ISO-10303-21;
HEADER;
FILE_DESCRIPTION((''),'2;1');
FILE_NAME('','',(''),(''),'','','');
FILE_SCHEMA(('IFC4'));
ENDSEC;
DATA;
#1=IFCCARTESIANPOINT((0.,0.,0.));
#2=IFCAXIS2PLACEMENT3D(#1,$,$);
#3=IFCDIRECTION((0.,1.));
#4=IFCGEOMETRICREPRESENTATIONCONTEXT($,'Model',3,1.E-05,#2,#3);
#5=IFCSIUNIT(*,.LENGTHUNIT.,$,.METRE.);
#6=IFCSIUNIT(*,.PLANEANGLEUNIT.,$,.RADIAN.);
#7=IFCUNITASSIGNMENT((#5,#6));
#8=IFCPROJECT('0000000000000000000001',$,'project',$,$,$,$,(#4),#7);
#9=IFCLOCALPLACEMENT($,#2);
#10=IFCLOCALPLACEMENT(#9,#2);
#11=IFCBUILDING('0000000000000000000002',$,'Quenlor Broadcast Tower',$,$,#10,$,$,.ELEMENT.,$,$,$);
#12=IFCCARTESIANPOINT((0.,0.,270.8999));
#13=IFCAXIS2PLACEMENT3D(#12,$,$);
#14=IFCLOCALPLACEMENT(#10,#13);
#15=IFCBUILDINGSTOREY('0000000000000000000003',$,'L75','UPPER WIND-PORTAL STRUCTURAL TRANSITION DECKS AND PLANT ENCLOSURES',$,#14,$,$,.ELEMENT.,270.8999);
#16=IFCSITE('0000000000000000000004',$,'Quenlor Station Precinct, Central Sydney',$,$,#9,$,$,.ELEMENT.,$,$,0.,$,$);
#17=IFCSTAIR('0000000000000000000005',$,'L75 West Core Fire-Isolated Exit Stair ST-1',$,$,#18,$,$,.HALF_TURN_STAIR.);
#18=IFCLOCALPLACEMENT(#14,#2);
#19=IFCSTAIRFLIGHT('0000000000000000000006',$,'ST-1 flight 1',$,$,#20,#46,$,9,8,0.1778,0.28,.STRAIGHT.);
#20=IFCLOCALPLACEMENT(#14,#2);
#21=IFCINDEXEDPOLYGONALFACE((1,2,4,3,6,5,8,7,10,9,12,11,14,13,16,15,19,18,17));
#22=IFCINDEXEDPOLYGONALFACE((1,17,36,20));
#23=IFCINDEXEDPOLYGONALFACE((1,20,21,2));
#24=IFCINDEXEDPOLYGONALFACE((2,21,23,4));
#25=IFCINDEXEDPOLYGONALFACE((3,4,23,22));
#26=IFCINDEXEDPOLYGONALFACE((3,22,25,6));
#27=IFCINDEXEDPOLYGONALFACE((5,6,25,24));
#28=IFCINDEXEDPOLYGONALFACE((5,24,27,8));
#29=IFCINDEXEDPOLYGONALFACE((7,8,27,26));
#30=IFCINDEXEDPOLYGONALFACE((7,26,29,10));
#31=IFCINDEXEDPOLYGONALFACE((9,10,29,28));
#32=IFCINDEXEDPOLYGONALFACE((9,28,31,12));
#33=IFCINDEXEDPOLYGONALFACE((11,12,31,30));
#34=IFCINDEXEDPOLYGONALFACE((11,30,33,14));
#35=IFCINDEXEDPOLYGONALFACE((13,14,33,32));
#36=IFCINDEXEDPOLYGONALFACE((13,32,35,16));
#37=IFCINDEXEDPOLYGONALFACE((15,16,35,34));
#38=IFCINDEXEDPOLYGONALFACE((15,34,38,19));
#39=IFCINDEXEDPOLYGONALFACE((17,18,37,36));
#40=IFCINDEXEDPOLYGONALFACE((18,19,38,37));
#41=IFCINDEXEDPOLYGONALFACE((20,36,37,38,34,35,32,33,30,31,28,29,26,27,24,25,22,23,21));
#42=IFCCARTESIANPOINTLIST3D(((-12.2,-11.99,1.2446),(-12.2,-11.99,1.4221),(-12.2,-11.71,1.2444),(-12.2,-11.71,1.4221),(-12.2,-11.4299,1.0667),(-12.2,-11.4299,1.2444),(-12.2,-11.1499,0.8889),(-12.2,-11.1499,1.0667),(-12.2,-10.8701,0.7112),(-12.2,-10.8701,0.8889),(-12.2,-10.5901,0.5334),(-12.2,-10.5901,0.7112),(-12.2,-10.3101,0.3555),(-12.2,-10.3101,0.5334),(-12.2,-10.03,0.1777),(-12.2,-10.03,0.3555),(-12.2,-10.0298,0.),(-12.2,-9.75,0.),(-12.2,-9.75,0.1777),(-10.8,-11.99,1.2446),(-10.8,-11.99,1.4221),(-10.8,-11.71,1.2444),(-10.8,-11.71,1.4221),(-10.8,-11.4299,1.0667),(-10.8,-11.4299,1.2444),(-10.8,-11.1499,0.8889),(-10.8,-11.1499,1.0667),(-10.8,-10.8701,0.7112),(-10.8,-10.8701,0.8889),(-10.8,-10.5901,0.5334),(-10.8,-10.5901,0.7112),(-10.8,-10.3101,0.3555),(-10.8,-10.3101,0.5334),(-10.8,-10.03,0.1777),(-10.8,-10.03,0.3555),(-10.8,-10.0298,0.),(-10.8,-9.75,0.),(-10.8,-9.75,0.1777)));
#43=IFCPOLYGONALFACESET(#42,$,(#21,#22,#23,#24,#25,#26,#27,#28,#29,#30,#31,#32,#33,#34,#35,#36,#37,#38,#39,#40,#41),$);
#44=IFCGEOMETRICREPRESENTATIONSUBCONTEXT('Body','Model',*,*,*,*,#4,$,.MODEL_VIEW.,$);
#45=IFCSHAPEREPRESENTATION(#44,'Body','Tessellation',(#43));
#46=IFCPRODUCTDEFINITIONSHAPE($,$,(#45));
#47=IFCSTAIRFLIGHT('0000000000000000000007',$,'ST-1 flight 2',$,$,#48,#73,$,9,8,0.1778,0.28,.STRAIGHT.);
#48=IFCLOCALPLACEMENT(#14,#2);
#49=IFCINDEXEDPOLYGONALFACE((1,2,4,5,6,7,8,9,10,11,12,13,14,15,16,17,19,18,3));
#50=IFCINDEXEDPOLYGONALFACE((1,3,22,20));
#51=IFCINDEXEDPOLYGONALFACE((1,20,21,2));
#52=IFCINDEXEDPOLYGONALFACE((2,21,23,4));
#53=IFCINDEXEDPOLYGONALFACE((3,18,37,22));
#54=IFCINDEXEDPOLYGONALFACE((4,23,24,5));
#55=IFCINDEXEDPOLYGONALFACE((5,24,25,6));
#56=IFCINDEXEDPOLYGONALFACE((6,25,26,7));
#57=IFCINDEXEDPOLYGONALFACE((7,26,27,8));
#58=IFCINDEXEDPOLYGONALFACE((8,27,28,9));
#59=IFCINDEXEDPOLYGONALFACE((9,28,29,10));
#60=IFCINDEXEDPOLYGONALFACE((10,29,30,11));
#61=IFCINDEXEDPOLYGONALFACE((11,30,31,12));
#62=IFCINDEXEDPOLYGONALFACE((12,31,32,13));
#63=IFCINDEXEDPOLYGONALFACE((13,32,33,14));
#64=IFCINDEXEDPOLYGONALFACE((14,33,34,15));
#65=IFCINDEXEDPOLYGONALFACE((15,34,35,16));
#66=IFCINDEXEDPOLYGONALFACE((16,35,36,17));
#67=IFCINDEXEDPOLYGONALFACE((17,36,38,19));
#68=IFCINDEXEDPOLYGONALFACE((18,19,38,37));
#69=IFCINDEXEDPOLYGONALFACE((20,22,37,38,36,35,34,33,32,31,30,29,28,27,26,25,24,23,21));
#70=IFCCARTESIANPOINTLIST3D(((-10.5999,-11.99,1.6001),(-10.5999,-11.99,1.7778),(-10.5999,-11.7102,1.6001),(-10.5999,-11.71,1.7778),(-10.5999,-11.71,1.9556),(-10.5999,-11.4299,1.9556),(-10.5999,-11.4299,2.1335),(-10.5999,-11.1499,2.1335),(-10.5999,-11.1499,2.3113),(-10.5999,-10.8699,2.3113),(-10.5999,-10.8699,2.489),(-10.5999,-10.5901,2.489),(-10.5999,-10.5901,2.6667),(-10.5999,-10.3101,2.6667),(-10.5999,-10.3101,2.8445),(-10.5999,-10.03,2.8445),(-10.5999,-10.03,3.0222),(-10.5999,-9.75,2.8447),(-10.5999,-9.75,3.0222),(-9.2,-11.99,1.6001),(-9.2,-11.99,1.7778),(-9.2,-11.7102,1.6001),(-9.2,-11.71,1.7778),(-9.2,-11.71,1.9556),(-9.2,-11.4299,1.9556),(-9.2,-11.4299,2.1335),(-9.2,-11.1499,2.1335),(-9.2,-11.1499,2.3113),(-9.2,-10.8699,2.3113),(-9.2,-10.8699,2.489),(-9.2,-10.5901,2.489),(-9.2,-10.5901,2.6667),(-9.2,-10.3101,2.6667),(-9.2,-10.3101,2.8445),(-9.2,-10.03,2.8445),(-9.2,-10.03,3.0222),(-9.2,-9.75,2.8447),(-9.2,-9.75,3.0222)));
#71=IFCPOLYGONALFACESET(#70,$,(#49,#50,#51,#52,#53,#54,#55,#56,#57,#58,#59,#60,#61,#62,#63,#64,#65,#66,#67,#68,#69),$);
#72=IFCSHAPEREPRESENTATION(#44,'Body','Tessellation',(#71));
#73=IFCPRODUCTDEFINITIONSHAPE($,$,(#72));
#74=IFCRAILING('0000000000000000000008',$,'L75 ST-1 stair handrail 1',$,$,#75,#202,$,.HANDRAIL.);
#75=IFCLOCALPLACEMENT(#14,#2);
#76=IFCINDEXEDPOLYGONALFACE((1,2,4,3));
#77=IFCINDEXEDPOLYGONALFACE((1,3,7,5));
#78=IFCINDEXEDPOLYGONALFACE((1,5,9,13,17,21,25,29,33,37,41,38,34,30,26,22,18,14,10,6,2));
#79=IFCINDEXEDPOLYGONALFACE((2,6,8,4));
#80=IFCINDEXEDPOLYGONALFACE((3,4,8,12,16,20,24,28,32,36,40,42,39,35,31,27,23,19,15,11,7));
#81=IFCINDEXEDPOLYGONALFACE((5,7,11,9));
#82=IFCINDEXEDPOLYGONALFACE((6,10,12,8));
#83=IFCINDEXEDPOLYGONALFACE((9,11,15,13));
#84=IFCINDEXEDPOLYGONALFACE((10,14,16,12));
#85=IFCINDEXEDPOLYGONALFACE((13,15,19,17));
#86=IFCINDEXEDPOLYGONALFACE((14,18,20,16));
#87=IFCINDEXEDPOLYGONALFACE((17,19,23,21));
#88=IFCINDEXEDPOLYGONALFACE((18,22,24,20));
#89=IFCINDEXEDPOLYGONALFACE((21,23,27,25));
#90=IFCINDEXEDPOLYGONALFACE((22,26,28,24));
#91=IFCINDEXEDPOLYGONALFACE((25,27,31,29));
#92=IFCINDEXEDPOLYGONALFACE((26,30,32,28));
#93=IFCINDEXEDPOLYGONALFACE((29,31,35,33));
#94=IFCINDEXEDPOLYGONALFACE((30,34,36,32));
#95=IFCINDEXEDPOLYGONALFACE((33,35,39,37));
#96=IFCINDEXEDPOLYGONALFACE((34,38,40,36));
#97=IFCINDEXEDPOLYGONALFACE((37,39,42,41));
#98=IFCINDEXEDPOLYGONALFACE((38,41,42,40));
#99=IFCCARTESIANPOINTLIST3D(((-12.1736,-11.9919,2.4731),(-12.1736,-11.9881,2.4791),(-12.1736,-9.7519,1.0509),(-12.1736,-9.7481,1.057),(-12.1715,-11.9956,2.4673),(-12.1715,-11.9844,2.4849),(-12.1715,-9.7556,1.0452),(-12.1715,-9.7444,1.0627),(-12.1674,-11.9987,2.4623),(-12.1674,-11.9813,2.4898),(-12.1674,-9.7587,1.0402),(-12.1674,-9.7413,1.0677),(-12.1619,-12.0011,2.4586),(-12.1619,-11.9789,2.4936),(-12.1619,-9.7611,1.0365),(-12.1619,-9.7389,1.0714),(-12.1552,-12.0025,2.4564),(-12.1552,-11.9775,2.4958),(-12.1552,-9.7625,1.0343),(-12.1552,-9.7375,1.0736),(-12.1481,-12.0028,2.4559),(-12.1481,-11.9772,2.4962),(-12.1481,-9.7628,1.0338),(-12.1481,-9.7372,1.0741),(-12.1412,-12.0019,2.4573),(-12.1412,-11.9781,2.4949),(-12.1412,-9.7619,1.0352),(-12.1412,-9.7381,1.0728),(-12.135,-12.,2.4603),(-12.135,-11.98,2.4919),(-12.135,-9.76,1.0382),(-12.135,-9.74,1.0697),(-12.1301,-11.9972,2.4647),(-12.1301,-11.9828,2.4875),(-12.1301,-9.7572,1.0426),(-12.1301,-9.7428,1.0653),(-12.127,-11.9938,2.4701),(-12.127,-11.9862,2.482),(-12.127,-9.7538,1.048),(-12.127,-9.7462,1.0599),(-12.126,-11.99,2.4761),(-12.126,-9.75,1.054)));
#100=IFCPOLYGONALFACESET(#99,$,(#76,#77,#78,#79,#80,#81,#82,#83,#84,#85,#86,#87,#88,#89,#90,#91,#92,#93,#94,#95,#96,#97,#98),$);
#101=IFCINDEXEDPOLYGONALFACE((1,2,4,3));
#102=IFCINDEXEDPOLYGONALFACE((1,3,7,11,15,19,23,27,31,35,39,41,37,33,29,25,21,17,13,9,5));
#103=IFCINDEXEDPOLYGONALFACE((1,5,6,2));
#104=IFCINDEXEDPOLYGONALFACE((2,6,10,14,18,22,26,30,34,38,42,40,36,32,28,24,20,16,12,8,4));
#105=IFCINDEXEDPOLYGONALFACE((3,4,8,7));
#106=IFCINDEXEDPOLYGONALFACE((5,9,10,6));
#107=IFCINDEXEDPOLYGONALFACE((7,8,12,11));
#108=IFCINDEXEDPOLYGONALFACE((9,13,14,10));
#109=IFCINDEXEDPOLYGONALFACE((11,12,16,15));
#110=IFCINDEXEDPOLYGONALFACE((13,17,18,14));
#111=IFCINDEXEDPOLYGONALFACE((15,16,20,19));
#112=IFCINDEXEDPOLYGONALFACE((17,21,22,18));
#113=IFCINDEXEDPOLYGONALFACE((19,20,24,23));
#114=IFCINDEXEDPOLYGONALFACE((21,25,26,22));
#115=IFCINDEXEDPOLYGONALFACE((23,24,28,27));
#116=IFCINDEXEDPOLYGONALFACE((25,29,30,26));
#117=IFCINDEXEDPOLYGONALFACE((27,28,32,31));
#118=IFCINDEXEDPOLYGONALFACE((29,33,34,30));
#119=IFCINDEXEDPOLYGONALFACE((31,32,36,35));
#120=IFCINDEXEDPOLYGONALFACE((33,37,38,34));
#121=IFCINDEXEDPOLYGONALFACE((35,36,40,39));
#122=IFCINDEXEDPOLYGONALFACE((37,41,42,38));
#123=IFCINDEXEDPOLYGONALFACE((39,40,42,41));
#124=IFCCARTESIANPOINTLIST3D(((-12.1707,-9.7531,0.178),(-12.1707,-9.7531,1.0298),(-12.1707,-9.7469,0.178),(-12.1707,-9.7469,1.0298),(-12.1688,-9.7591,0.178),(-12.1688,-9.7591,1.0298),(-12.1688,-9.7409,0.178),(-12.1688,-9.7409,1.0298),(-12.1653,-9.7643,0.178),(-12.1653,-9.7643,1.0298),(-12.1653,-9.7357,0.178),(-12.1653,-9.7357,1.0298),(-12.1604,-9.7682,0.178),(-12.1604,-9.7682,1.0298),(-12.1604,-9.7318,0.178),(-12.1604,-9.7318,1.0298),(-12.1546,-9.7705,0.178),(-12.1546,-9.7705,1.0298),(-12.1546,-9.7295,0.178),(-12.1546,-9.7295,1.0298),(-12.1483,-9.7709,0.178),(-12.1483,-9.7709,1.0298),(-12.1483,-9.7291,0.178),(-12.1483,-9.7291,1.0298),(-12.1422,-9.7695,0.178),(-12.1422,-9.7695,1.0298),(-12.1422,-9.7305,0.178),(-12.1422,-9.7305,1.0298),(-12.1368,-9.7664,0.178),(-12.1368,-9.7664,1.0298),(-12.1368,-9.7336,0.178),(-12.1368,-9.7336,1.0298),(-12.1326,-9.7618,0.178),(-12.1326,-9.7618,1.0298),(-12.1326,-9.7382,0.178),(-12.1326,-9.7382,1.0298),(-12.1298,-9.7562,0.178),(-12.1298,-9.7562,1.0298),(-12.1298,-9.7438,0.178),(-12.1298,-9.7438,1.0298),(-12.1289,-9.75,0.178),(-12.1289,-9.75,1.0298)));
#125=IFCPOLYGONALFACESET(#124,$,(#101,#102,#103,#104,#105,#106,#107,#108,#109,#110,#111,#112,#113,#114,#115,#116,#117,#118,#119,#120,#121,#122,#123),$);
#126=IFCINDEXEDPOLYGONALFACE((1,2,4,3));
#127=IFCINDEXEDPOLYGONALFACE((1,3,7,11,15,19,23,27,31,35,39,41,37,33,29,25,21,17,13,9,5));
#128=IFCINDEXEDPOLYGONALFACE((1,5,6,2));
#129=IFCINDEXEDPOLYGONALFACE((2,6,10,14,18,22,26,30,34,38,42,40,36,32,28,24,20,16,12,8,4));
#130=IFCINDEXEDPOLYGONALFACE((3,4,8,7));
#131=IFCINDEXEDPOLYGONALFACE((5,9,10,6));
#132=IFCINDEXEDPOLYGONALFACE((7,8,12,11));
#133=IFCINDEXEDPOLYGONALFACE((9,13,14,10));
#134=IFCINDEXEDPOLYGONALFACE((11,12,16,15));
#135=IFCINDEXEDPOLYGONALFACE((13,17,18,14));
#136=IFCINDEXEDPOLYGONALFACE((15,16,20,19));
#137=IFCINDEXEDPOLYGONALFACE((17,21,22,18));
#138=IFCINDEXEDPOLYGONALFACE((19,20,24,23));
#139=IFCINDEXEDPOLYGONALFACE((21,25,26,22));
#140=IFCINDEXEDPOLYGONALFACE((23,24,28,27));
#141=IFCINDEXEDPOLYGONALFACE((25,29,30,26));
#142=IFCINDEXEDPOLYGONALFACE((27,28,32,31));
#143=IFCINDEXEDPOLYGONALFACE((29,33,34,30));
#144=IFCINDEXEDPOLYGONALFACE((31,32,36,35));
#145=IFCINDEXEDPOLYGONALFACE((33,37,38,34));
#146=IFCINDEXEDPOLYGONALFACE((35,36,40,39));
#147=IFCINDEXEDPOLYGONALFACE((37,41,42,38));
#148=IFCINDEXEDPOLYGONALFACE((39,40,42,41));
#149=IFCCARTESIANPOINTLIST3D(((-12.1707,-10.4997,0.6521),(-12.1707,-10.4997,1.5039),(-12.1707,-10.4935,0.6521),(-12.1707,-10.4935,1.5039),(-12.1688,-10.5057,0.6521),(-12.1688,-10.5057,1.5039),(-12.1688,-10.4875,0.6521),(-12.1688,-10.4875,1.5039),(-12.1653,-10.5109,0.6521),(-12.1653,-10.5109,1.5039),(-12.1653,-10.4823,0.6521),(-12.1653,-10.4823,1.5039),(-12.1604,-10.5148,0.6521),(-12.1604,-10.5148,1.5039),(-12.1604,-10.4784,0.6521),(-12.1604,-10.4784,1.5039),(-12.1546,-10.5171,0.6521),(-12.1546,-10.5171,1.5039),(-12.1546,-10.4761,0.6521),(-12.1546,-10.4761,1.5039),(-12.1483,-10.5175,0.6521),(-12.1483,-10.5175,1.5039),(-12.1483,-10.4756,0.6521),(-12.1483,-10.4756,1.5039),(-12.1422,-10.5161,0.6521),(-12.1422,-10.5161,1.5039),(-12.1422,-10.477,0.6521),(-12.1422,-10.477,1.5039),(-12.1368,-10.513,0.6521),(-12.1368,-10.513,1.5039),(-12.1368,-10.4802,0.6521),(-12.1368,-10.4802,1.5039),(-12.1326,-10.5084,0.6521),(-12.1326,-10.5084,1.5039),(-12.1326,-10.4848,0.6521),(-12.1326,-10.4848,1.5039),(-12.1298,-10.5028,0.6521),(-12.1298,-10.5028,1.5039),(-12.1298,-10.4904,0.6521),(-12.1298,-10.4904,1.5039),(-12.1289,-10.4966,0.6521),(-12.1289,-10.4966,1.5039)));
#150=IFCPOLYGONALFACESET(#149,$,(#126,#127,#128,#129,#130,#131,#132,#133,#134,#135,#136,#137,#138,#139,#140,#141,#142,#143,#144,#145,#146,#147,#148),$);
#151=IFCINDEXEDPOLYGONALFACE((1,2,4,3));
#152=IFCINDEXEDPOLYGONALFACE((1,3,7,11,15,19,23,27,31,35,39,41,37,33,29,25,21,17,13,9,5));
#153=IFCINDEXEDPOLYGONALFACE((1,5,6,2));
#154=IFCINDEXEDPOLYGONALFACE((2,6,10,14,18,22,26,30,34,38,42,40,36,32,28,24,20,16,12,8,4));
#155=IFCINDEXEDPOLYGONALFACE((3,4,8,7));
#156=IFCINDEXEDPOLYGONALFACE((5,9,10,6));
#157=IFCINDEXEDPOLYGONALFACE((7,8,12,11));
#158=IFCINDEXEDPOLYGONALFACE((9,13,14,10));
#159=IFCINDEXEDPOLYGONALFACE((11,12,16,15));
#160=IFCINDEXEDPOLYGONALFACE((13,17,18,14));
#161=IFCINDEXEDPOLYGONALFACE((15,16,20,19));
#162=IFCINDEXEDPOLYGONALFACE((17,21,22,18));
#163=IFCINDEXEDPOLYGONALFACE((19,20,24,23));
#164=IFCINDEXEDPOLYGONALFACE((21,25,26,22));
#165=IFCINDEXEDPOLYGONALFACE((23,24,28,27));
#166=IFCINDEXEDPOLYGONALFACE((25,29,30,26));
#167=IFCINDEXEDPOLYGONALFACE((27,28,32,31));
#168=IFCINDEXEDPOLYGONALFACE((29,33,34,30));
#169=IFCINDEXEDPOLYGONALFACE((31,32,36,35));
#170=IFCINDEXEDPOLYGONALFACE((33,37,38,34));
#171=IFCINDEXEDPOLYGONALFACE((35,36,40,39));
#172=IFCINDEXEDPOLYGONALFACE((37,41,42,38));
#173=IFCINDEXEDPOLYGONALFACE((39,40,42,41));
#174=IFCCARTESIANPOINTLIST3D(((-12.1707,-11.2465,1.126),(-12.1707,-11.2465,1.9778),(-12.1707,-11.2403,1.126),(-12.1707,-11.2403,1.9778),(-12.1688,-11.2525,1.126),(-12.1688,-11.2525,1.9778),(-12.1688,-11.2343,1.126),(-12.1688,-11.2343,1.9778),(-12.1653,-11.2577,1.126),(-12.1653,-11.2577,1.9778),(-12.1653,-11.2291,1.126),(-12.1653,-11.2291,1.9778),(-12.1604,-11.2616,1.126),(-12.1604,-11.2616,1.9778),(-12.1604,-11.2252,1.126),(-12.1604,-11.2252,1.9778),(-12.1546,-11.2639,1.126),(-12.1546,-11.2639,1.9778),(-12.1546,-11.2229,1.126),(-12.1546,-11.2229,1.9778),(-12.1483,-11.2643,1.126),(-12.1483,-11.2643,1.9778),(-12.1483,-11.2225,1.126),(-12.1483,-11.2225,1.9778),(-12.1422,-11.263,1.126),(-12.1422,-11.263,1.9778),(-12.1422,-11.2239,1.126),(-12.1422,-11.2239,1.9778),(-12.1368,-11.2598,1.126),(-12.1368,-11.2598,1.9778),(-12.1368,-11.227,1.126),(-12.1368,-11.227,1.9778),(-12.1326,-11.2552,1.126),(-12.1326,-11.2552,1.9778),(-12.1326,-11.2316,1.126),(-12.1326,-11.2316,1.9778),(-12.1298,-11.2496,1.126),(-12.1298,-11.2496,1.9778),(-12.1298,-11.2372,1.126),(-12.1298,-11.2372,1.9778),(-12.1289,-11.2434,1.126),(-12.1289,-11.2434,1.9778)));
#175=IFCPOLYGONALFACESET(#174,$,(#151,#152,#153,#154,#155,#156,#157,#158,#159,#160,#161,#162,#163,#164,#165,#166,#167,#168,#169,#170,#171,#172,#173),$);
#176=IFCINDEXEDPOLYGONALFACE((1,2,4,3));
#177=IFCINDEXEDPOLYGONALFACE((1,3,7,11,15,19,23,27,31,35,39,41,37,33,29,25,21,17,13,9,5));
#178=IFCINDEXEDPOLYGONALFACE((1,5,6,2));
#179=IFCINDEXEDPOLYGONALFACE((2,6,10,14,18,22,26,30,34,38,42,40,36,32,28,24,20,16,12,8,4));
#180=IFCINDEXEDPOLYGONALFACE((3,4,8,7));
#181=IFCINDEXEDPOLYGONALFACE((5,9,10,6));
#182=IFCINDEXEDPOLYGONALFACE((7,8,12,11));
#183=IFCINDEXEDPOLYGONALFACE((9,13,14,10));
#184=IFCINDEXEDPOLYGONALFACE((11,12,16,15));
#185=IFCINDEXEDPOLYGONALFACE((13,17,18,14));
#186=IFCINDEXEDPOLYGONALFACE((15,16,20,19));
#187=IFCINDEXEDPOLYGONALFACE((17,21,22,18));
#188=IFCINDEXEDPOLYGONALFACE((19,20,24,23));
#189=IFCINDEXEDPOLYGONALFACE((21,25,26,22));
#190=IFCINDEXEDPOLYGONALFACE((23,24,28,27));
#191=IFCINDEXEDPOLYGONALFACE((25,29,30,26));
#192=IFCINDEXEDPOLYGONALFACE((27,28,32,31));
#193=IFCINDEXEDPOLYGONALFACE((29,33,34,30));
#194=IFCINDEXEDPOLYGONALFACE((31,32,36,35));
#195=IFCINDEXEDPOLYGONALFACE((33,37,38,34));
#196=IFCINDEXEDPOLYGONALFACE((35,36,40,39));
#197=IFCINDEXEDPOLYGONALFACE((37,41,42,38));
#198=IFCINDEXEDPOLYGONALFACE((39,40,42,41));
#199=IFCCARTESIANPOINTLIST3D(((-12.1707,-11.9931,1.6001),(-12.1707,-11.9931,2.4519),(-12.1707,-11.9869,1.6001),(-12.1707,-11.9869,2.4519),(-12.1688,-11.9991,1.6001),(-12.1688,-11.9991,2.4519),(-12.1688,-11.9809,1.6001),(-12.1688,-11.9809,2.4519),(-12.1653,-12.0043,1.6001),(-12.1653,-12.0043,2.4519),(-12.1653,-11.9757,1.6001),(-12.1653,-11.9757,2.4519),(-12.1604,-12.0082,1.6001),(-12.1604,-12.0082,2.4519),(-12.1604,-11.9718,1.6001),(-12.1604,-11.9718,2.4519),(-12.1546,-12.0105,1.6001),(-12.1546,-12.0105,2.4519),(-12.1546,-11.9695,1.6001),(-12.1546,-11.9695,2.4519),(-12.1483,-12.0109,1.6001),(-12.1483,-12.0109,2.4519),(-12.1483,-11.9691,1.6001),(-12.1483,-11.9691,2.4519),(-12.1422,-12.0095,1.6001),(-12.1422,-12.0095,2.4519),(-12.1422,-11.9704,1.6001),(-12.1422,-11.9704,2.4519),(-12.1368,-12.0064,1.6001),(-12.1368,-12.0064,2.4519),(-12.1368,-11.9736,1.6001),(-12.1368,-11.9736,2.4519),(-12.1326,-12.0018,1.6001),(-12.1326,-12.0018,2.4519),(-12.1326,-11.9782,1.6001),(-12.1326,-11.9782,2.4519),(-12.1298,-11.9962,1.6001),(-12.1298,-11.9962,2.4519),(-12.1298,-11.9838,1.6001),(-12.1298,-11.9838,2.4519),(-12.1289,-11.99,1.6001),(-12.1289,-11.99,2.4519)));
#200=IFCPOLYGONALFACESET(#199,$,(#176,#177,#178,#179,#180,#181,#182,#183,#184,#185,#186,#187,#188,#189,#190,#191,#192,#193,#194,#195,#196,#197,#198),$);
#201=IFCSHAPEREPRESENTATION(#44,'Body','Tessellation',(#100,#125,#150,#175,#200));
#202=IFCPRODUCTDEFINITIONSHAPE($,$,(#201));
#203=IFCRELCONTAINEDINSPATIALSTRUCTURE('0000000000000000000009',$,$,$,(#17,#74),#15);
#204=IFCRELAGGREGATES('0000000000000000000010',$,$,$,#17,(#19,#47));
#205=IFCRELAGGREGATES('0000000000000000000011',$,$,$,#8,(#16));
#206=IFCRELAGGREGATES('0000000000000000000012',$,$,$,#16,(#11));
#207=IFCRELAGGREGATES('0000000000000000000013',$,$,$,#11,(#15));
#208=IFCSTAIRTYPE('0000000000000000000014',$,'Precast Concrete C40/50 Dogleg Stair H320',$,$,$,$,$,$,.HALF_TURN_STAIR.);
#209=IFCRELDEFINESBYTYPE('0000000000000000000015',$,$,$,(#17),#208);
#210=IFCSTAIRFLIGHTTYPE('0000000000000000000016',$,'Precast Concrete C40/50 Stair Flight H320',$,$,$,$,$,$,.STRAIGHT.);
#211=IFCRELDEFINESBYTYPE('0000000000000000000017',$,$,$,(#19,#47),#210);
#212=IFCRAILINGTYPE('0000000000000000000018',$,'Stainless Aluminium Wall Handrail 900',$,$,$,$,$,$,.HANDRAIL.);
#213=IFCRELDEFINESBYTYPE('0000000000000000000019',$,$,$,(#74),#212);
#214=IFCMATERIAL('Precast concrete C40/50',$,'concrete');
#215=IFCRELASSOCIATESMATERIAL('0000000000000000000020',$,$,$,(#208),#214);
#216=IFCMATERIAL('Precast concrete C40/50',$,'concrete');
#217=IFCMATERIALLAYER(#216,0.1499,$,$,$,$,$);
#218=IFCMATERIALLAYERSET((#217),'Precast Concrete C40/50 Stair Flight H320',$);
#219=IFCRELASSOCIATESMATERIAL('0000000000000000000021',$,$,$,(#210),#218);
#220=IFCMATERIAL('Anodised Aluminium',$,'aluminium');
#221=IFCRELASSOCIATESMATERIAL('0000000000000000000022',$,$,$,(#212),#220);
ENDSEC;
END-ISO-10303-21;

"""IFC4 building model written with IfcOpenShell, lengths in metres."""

from ifc_helpers import new_model, si_unit, direction, frame, origin, origin_2d, place, context, subcontext, project, spatial, polyline, circle, outline, extrude, material, layer, layer_set, type_object, element, aggregate, save


model = new_model("IFC4")

# Units and contexts
model_context = context("Model", 3, precision=1e-05, world=origin(), true_north=direction((0.0, 1.0)))
body_context = subcontext(model_context, "Body", "Model", "MODEL_VIEW")
ifc_project = project(units=[si_unit("LENGTHUNIT", "METRE"), si_unit("PLANEANGLEUNIT", "RADIAN")], contexts=[model_context])

# Site, building, storey
site_placement = place(None, origin())
site = spatial("IfcSite", under=ifc_project, at=site_placement, Name="Quenlor Station Precinct, Central Sydney", CompositionType="ELEMENT", RefElevation=0.0)
building_placement = place(site_placement, origin())
building = spatial("IfcBuilding", under=site, at=building_placement, Name="Quenlor Broadcast Tower", CompositionType="ELEMENT")
storey_placement = place(building_placement, frame((0.0, 0.0, 270.8999)))
storey = spatial("IfcBuildingStorey", under=building, at=storey_placement, Name="L75", Description="UPPER WIND-PORTAL STRUCTURAL TRANSITION DECKS AND PLANT ENCLOSURES", CompositionType="ELEMENT", Elevation=270.8999)

# Stair, stair flights
ifc_material_1 = material(Name="Precast concrete C40/50", Category="concrete")
stair_type = type_object("IfcStairType", Name="Precast Concrete C40/50 Dogleg Stair H320", PredefinedType="HALF_TURN_STAIR", material=ifc_material_1)
stair_placement = place(storey_placement, origin())
stair = element("IfcStair", 1, at=stair_placement, inside=storey, type_object=stair_type, Name="L75 West Core Fire-Isolated Exit Stair ST-1", PredefinedType="HALF_TURN_STAIR")
ifc_material_2 = material(Name="Precast concrete C40/50", Category="concrete")
ifc_layer_1 = layer(ifc_material_2, 0.1499)
ifc_layer_set_1 = layer_set([ifc_layer_1], Name="Precast Concrete C40/50 Stair Flight H320")
stair_flight_type = type_object("IfcStairFlightType", Name="Precast Concrete C40/50 Stair Flight H320", PredefinedType="STRAIGHT", material=ifc_layer_set_1)
stair_flight_1_placement = place(storey_placement, frame((-11.5, -9.75, 0.0), z_axis=(0.0, 0.0, 1.0), x_axis=(0.0, -1.0, 0.0)))
stair_flight_1 = element("IfcStairFlight", 2, at=stair_flight_1_placement, type_object=stair_flight_type, Name="ST-1 flight 1", NumberOfRisers=9, NumberOfTreads=8, PredefinedType="STRAIGHT", RiserHeight=0.1778, TreadLength=0.28, context=body_context, shape_type="SweptSolid", body=[
    extrude(outline(polyline([(0.0, 0.0), (0.0, 0.1777), (0.28, 0.1777), (0.28, 0.3555), (0.5601, 0.3555), (0.5601, 0.5334), (0.8401, 0.5334), (0.8401, 0.7112), (1.1201, 0.7112), (1.1201, 0.8889), (1.3999, 0.8889), (1.3999, 1.0667), (1.6799, 1.0667), (1.6799, 1.2444), (1.96, 1.2444), (1.96, 1.4221), (2.24, 1.4221), (2.24, 1.6001), (2.24, 1.2446), (0.2798, 0.0), (0.0, 0.0)])), frame((0.0, 0.7, 0.0), z_axis=(0.0, -1.0, 0.0), x_axis=(1.0, 0.0, 0.0)), (0.0, 0.0, 1.0), 1.3999),
])
stair_flight_2_placement = place(storey_placement, frame((-9.8999, -11.99, 1.6001), z_axis=(0.0, 0.0, 1.0), x_axis=(0.0, 1.0, 0.0)))
stair_flight_2 = element("IfcStairFlight", 3, at=stair_flight_2_placement, type_object=stair_flight_type, Name="ST-1 flight 2", NumberOfRisers=9, NumberOfTreads=8, PredefinedType="STRAIGHT", RiserHeight=0.1778, TreadLength=0.28, context=body_context, shape_type="SweptSolid", body=[
    extrude(outline(polyline([(0.0, 0.0), (0.0, 0.1777), (0.28, 0.1777), (0.28, 0.3555), (0.5601, 0.3555), (0.5601, 0.5334), (0.8401, 0.5334), (0.8401, 0.7112), (1.1201, 0.7112), (1.1201, 0.8889), (1.3999, 0.8889), (1.3999, 1.0667), (1.6799, 1.0667), (1.6799, 1.2444), (1.96, 1.2444), (1.96, 1.4221), (2.24, 1.4221), (2.24, 1.6001), (2.24, 1.2446), (0.2798, 0.0), (0.0, 0.0)])), frame((0.0, 0.7, 0.0), z_axis=(0.0, -1.0, 0.0), x_axis=(1.0, 0.0, 0.0)), (0.0, 0.0, 1.0), 1.3999),
])
aggregate(stair, [stair_flight_1, stair_flight_2])

# Railing
ifc_material_3 = material(Name="Anodised Aluminium", Category="aluminium")
railing_type_1 = type_object("IfcRailingType", Name="Stainless Aluminium Wall Handrail 900", PredefinedType="HANDRAIL", material=ifc_material_3)
railing_1_placement = place(storey_placement, frame((-12.1499, -9.75, 0.178)))
element("IfcRailing", 4, at=railing_1_placement, inside=storey, type_object=railing_type_1, Name="L75 ST-1 stair handrail 1", PredefinedType="HANDRAIL", context=body_context, shape_type="SweptSolid", body=[
    extrude(circle(Radius=0.0239, at=origin_2d()), frame((0.0, 0.0, 0.876), z_axis=(0.0, -0.844229, 0.535982), x_axis=(1.0, 0.0, 0.0)), (0.0, 0.0, 1.0), 2.6533),
    extrude(circle(Radius=0.021, at=origin_2d()), origin(), (0.0, 0.0, 1.0), 0.8518),
    extrude(circle(Radius=0.021, at=origin_2d()), frame((0.0, -0.7466, 0.4741)), (0.0, 0.0, 1.0), 0.8518),
    extrude(circle(Radius=0.021, at=origin_2d()), frame((0.0, -1.4934, 0.948)), (0.0, 0.0, 1.0), 0.8518),
    extrude(circle(Radius=0.021, at=origin_2d()), frame((0.0, -2.24, 1.4221)), (0.0, 0.0, 1.0), 0.8518),
])

save(model, "model.ifc")
